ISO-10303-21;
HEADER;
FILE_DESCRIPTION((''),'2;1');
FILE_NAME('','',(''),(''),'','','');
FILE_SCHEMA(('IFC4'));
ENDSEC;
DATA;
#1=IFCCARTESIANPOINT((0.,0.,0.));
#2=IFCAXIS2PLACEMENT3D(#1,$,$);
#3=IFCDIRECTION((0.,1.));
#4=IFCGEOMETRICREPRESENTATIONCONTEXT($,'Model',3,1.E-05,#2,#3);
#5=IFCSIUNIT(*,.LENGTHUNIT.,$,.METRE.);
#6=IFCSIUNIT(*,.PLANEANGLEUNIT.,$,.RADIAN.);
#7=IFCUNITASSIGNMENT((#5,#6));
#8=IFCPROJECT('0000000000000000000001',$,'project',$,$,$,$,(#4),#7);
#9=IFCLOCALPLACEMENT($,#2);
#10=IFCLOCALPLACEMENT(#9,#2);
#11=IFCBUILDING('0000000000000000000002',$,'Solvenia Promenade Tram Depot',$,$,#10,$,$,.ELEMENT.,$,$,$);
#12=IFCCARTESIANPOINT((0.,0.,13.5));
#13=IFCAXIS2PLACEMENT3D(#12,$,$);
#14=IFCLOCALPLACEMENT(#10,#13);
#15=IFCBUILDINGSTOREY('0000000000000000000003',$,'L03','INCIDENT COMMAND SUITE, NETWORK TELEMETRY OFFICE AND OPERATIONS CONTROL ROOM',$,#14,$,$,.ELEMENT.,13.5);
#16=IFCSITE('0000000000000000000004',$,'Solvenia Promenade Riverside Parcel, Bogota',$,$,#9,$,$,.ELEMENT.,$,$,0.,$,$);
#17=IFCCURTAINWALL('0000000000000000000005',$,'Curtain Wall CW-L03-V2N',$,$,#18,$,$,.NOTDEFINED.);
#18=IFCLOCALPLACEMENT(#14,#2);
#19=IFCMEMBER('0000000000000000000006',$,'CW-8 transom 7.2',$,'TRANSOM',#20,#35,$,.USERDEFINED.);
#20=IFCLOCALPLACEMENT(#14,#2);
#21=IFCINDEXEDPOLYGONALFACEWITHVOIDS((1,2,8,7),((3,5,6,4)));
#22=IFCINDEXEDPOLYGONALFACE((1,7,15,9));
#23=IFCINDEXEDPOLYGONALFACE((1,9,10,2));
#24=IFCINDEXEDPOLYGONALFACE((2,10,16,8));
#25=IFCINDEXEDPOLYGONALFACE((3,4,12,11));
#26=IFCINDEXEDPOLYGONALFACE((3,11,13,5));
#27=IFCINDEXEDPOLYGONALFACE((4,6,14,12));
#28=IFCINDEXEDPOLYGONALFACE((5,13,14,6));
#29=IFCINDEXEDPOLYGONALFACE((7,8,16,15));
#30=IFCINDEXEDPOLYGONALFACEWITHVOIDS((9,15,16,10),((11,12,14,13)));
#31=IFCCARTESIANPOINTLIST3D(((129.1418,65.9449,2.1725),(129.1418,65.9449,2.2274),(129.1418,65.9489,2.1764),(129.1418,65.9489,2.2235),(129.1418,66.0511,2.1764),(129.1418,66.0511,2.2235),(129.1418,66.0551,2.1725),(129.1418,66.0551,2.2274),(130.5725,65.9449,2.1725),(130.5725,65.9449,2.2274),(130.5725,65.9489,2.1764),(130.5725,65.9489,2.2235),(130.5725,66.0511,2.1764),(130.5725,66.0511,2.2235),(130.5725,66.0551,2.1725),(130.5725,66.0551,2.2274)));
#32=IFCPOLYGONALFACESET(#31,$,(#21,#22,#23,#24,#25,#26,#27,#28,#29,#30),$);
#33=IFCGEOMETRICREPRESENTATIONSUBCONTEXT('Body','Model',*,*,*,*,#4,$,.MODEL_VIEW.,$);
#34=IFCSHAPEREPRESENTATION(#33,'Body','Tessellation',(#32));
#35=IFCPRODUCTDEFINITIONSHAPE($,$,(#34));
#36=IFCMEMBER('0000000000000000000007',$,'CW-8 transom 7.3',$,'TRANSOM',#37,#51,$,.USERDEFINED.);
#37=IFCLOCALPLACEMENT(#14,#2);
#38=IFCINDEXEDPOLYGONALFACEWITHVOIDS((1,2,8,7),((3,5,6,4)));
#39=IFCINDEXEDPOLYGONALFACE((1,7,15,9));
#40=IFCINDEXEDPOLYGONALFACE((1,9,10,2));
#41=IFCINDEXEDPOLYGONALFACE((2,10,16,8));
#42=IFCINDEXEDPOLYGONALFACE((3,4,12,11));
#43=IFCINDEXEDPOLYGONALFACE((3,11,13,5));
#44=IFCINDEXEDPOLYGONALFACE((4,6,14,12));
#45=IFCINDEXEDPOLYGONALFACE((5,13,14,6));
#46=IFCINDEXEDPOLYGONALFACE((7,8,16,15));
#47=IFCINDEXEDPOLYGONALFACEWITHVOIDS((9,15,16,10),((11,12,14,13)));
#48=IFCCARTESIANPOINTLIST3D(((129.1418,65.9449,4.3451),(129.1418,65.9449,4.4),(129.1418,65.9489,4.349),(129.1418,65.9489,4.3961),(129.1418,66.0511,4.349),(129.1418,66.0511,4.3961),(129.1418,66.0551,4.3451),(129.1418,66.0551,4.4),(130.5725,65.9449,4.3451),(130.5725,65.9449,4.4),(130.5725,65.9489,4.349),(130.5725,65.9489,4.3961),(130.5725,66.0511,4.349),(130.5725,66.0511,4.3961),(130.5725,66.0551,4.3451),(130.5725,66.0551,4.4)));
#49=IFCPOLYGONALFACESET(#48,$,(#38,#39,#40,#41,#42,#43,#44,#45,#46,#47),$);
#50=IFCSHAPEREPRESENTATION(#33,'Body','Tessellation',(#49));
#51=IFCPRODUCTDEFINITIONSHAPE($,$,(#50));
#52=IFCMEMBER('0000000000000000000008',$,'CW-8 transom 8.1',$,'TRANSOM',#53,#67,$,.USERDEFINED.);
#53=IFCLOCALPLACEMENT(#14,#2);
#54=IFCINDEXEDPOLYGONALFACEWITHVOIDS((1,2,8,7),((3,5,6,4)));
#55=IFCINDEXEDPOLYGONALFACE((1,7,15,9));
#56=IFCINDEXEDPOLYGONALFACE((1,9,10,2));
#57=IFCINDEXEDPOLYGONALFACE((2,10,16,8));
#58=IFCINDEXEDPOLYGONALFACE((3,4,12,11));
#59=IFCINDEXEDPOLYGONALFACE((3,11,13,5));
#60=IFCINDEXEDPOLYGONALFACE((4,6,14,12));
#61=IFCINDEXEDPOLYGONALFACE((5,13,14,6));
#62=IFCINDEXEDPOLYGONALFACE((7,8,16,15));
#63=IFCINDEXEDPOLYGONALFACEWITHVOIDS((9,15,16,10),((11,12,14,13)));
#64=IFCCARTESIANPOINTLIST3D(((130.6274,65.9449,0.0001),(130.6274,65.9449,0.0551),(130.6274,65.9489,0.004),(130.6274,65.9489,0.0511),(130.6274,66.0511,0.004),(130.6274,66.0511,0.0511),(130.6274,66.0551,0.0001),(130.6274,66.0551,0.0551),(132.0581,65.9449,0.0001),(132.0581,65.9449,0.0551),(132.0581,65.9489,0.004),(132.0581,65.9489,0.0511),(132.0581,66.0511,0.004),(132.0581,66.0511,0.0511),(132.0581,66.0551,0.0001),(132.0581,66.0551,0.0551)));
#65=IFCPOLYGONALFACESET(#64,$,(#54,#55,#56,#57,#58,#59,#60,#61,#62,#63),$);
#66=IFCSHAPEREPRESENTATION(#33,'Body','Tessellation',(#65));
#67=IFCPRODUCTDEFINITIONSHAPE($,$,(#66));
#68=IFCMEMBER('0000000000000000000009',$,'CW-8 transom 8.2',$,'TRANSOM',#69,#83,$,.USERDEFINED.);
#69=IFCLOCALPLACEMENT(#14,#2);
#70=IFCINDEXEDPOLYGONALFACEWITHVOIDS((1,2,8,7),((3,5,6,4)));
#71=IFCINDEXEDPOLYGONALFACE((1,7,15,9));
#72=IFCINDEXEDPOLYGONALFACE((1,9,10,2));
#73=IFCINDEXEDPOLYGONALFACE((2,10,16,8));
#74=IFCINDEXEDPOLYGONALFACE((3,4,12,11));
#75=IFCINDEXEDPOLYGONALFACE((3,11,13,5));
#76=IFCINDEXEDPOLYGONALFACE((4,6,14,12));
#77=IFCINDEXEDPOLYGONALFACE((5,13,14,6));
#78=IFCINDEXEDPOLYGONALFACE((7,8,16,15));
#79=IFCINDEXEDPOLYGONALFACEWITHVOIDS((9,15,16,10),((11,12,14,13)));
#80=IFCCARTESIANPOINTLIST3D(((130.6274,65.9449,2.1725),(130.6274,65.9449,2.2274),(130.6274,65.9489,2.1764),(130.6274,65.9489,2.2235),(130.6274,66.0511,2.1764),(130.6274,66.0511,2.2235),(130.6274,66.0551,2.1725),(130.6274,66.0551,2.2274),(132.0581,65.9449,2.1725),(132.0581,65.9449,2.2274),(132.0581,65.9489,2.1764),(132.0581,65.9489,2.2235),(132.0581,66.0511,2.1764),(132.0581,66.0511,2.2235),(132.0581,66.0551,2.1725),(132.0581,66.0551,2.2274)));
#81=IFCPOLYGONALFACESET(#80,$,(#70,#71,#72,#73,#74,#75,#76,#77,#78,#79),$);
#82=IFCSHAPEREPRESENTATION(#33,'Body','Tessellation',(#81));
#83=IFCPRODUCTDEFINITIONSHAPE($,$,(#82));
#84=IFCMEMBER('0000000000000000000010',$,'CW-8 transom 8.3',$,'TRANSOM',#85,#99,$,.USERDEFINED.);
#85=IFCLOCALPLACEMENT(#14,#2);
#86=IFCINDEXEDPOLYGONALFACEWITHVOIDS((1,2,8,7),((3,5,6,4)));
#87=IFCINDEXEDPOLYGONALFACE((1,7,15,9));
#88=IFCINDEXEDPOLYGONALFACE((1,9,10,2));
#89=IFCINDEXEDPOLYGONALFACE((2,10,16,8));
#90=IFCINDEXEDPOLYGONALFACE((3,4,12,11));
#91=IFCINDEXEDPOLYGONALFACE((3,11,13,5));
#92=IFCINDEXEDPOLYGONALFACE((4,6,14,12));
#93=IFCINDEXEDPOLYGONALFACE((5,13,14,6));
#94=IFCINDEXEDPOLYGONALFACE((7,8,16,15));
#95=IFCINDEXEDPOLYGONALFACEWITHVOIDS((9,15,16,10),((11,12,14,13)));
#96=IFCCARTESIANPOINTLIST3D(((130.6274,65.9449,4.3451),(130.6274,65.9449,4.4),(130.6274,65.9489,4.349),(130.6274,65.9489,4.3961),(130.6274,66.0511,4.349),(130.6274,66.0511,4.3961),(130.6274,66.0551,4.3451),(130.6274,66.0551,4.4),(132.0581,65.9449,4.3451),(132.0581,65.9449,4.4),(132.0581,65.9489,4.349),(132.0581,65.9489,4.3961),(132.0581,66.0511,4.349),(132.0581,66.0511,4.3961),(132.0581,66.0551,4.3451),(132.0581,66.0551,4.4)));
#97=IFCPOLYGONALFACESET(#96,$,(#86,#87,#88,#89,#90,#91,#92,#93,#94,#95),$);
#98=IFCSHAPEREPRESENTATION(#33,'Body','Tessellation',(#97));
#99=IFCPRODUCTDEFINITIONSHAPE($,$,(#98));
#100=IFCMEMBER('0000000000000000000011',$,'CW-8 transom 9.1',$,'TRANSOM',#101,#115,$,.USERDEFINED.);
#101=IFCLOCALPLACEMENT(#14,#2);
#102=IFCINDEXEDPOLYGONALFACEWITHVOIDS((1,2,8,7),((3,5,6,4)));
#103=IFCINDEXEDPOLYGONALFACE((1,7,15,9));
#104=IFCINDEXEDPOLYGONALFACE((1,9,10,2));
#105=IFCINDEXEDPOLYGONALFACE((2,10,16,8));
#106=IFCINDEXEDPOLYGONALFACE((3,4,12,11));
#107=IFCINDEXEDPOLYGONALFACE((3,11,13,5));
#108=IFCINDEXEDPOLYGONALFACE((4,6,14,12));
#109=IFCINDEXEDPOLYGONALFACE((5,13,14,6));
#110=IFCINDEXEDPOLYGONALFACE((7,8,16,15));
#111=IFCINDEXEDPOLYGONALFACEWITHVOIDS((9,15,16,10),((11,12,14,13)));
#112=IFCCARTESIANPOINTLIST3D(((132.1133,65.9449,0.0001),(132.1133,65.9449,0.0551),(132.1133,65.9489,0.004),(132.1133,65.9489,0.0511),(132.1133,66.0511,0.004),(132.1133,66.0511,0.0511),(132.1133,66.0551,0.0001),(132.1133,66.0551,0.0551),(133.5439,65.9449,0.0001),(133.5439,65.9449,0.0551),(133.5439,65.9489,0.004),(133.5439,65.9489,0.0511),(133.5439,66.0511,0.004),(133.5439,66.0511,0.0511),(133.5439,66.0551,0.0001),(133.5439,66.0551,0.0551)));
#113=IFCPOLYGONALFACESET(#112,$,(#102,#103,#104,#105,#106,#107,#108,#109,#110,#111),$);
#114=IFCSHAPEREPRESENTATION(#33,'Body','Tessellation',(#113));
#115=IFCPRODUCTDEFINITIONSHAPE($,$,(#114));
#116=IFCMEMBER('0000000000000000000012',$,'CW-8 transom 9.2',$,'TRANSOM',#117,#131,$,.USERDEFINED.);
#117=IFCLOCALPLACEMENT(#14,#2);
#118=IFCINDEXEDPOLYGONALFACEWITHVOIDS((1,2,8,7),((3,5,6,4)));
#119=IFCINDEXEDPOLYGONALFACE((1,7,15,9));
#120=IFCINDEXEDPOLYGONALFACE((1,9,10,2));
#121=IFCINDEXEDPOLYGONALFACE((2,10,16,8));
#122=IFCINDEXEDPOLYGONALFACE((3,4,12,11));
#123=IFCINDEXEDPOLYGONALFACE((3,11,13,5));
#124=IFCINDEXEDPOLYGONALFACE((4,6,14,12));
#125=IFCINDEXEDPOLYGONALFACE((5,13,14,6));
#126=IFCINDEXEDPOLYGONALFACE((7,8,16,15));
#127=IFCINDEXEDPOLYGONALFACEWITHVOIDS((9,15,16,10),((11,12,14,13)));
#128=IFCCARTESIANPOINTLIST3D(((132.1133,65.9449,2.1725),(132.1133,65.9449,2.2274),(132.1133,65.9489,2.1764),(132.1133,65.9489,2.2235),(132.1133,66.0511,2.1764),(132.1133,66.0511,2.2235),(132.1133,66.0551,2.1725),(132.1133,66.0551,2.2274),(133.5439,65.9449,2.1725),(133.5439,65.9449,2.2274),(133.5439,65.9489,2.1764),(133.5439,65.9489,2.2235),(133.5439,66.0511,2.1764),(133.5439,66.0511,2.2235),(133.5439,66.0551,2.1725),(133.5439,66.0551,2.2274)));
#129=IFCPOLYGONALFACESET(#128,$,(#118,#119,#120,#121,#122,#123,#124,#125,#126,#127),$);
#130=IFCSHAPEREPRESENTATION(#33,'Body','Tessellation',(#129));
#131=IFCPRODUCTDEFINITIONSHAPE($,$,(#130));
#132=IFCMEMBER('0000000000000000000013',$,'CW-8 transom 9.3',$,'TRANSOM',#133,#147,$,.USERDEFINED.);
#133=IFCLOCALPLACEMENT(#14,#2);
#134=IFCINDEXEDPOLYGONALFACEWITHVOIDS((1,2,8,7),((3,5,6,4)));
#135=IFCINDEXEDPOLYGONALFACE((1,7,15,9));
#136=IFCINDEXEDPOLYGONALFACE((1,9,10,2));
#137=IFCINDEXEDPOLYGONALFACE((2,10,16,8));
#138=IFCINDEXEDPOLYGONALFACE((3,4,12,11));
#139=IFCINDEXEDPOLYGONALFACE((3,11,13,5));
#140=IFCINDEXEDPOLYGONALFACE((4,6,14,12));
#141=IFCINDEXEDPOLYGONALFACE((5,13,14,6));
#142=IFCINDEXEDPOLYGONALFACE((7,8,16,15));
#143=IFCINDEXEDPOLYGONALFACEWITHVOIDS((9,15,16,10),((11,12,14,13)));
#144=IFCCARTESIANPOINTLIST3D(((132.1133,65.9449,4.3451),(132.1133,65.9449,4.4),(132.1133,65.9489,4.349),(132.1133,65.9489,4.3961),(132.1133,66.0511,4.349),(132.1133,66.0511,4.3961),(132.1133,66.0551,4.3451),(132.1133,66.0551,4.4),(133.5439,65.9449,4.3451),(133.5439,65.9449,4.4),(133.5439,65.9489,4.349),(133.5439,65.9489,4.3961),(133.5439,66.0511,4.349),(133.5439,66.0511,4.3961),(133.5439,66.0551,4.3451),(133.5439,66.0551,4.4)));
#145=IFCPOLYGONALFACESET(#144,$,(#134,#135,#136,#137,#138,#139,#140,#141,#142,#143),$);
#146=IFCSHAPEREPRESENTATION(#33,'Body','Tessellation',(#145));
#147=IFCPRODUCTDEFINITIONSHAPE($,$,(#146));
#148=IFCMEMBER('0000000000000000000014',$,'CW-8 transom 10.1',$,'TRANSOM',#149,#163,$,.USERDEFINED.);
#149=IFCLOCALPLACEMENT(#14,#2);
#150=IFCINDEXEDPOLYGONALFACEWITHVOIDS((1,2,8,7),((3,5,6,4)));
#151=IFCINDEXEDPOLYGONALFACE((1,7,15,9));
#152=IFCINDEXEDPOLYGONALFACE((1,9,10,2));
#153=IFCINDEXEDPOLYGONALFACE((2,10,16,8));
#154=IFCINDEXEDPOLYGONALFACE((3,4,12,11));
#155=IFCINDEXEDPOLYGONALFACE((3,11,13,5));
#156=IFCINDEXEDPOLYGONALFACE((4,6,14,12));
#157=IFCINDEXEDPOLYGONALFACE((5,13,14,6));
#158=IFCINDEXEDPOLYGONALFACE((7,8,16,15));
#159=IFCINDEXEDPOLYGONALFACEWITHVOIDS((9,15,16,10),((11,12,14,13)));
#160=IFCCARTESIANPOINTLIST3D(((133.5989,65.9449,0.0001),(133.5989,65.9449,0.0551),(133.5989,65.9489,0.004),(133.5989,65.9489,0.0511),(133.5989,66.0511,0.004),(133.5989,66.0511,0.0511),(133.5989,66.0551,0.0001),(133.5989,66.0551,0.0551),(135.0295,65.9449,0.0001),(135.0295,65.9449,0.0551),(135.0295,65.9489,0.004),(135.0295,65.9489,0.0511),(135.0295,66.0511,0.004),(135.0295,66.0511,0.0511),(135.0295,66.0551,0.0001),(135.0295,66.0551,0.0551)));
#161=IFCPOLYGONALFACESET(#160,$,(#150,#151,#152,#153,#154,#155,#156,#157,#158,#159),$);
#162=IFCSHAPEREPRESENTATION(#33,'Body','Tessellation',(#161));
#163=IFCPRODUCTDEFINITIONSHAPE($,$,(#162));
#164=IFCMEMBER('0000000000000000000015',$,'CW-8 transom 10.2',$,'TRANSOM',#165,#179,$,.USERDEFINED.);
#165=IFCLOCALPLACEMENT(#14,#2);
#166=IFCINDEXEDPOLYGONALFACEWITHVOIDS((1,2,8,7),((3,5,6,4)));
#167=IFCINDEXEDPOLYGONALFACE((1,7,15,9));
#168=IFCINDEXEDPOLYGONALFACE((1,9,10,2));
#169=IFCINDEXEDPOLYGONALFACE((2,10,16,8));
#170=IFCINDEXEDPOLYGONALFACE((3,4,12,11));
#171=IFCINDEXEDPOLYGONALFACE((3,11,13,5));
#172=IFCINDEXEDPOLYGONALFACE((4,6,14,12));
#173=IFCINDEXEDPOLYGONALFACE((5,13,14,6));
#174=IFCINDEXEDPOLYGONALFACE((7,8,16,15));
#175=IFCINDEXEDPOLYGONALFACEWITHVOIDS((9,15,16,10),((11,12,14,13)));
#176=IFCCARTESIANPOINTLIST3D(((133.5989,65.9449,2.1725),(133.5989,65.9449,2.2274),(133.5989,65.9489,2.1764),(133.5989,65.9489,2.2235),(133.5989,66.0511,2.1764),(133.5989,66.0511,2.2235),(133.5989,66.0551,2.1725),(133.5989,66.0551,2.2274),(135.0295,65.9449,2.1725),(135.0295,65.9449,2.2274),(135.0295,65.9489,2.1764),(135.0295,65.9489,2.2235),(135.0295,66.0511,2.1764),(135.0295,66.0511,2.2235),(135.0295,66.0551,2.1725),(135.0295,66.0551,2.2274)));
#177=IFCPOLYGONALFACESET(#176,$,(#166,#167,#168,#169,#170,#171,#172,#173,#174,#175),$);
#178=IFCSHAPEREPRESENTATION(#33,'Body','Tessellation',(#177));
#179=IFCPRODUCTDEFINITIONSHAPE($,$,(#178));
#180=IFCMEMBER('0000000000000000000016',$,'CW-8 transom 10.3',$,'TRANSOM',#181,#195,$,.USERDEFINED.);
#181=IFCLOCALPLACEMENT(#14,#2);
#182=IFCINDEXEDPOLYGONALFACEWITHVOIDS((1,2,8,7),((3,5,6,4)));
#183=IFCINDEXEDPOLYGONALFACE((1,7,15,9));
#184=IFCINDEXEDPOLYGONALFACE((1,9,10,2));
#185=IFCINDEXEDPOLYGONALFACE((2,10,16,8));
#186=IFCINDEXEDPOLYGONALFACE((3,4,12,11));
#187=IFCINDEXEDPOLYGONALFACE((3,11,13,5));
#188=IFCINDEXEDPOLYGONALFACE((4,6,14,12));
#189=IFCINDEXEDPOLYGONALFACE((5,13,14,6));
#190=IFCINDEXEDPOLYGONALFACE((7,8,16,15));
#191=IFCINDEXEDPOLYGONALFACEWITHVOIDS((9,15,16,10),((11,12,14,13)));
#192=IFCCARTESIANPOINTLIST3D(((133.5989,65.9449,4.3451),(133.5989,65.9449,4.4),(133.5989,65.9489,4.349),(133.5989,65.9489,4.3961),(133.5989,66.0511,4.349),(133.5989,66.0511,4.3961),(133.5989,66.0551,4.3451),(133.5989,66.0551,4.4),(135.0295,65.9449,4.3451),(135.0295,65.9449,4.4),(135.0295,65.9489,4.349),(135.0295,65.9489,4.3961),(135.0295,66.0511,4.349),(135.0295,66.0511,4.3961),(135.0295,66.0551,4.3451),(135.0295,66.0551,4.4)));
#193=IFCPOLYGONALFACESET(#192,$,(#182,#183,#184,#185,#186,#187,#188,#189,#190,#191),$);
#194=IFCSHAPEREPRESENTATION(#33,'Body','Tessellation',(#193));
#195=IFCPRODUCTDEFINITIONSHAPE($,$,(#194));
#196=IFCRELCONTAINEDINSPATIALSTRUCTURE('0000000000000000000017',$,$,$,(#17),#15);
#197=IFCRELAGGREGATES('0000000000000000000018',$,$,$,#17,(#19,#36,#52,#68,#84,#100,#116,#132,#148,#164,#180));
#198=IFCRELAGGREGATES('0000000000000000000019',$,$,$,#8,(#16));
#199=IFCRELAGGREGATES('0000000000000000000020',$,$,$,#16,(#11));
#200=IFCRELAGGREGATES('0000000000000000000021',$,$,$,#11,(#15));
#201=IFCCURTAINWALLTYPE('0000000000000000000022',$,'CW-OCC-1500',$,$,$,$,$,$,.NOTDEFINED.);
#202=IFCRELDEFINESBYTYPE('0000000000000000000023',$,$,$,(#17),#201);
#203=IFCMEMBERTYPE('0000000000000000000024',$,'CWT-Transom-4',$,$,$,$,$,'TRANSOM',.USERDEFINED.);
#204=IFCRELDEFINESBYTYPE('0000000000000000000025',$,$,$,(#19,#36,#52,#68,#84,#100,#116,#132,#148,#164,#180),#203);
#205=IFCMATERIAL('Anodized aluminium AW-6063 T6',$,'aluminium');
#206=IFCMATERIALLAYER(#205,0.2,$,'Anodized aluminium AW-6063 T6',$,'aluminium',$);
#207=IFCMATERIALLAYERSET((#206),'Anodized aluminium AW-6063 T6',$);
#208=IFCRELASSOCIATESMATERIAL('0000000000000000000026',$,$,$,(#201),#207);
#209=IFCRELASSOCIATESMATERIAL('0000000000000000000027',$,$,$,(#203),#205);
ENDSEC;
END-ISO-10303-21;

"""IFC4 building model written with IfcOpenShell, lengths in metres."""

from ifc_helpers import new_model, si_unit, direction, frame, origin, origin_2d, place, context, subcontext, project, spatial, hollow_rectangle, extrude, material, layer, layer_set, material_profile, profile_set, type_object, element, aggregate, save


model = new_model("IFC4")

# Units and contexts
model_context = context("Model", 3, precision=1e-05, world=origin(), true_north=direction((0.0, 1.0)))
body_context = subcontext(model_context, "Body", "Model", "MODEL_VIEW")
ifc_project = project(units=[si_unit("LENGTHUNIT", "METRE"), si_unit("PLANEANGLEUNIT", "RADIAN")], contexts=[model_context])

# Site, building, storey
site_placement = place(None, origin())
site = spatial("IfcSite", under=ifc_project, at=site_placement, Name="Solvenia Promenade Riverside Parcel, Bogota", CompositionType="ELEMENT", RefElevation=0.0)
building_placement = place(site_placement, origin())
building = spatial("IfcBuilding", under=site, at=building_placement, Name="Solvenia Promenade Tram Depot", CompositionType="ELEMENT")
storey_placement = place(building_placement, frame((0.0, 0.0, 13.5)))
storey = spatial("IfcBuildingStorey", under=building, at=storey_placement, Name="L03", Description="INCIDENT COMMAND SUITE, NETWORK TELEMETRY OFFICE AND OPERATIONS CONTROL ROOM", CompositionType="ELEMENT", Elevation=13.5)

# Curtain wall, members
ifc_material_1 = material(Name="Anodized aluminium AW-6063 T6", Category="aluminium")
ifc_layer_1 = layer(ifc_material_1, 0.2, Name="Anodized aluminium AW-6063 T6", Category="aluminium")
ifc_layer_set_1 = layer_set([ifc_layer_1], Name="Anodized aluminium AW-6063 T6")
curtain_wall_type = type_object("IfcCurtainWallType", Name="CW-OCC-1500", PredefinedType="NOTDEFINED", material=ifc_layer_set_1)
curtain_wall_placement = place(storey_placement, origin())
curtain_wall = element("IfcCurtainWall", 1, at=curtain_wall_placement, inside=storey, type_object=curtain_wall_type, Name="Curtain Wall CW-L03-V2N", PredefinedType="NOTDEFINED")
ifc_material_profile_1 = material_profile(ifc_material_1, hollow_rectangle(XDim=0.1101, YDim=0.0549, WallThickness=0.0039, at=origin_2d()), Name="ALU-T4", Category="aluminium")
ifc_profile_set_1 = profile_set([ifc_material_profile_1], Name="Anodized aluminium AW-6063 T6")
member_type_1 = type_object("IfcMemberType", Name="CWT-Transom-4", ElementType="TRANSOM", PredefinedType="USERDEFINED", material=ifc_profile_set_1)
member_1_placement = place(storey_placement, frame((129.1418, 66.0, 2.2), z_axis=(1.0, 0.0, 0.0), x_axis=(0.0, 1.0, 0.0)))
member_1 = element("IfcMember", 2, at=member_1_placement, type_object=member_type_1, Name="CW-8 transom 7.2", ObjectType="TRANSOM", PredefinedType="USERDEFINED", context=body_context, shape_type="SweptSolid", body=[
    extrude(hollow_rectangle(XDim=0.1101, YDim=0.0549, WallThickness=0.0039, at=origin_2d()), origin(), (0.0, 0.0, 1.0), 1.4307),
])
member_2_placement = place(storey_placement, frame((129.1418, 66.0, 4.3726), z_axis=(1.0, 0.0, 0.0), x_axis=(0.0, 1.0, 0.0)))
member_2 = element("IfcMember", 3, at=member_2_placement, type_object=member_type_1, Name="CW-8 transom 7.3", ObjectType="TRANSOM", PredefinedType="USERDEFINED", context=body_context, shape_type="SweptSolid", body=[
    extrude(hollow_rectangle(XDim=0.1101, YDim=0.0549, WallThickness=0.0039, at=origin_2d()), origin(), (0.0, 0.0, 1.0), 1.4307),
])
member_3_placement = place(storey_placement, frame((130.6274, 66.0, 0.0276), z_axis=(1.0, 0.0, 0.0), x_axis=(0.0, 1.0, 0.0)))
member_3 = element("IfcMember", 4, at=member_3_placement, type_object=member_type_1, Name="CW-8 transom 8.1", ObjectType="TRANSOM", PredefinedType="USERDEFINED", context=body_context, shape_type="SweptSolid", body=[
    extrude(hollow_rectangle(XDim=0.1101, YDim=0.0549, WallThickness=0.0039, at=origin_2d()), origin(), (0.0, 0.0, 1.0), 1.4307),
])
member_4_placement = place(storey_placement, frame((130.6274, 66.0, 2.2), z_axis=(1.0, 0.0, 0.0), x_axis=(0.0, 1.0, 0.0)))
member_4 = element("IfcMember", 5, at=member_4_placement, type_object=member_type_1, Name="CW-8 transom 8.2", ObjectType="TRANSOM", PredefinedType="USERDEFINED", context=body_context, shape_type="SweptSolid", body=[
    extrude(hollow_rectangle(XDim=0.1101, YDim=0.0549, WallThickness=0.0039, at=origin_2d()), origin(), (0.0, 0.0, 1.0), 1.4307),
])
member_5_placement = place(storey_placement, frame((130.6274, 66.0, 4.3726), z_axis=(1.0, 0.0, 0.0), x_axis=(0.0, 1.0, 0.0)))
member_5 = element("IfcMember", 6, at=member_5_placement, type_object=member_type_1, Name="CW-8 transom 8.3", ObjectType="TRANSOM", PredefinedType="USERDEFINED", context=body_context, shape_type="SweptSolid", body=[
    extrude(hollow_rectangle(XDim=0.1101, YDim=0.0549, WallThickness=0.0039, at=origin_2d()), origin(), (0.0, 0.0, 1.0), 1.4307),
])
member_6_placement = place(storey_placement, frame((132.1133, 66.0, 0.0276), z_axis=(1.0, 0.0, 0.0), x_axis=(0.0, 1.0, 0.0)))
member_6 = element("IfcMember", 7, at=member_6_placement, type_object=member_type_1, Name="CW-8 transom 9.1", ObjectType="TRANSOM", PredefinedType="USERDEFINED", context=body_context, shape_type="SweptSolid", body=[
    extrude(hollow_rectangle(XDim=0.1101, YDim=0.0549, WallThickness=0.0039, at=origin_2d()), origin(), (0.0, 0.0, 1.0), 1.4307),
])
member_7_placement = place(storey_placement, frame((132.1133, 66.0, 2.2), z_axis=(1.0, 0.0, 0.0), x_axis=(0.0, 1.0, 0.0)))
member_7 = element("IfcMember", 8, at=member_7_placement, type_object=member_type_1, Name="CW-8 transom 9.2", ObjectType="TRANSOM", PredefinedType="USERDEFINED", context=body_context, shape_type="SweptSolid", body=[
    extrude(hollow_rectangle(XDim=0.1101, YDim=0.0549, WallThickness=0.0039, at=origin_2d()), origin(), (0.0, 0.0, 1.0), 1.4307),
])
member_8_placement = place(storey_placement, frame((132.1133, 66.0, 4.3726), z_axis=(1.0, 0.0, 0.0), x_axis=(0.0, 1.0, 0.0)))
member_8 = element("IfcMember", 9, at=member_8_placement, type_object=member_type_1, Name="CW-8 transom 9.3", ObjectType="TRANSOM", PredefinedType="USERDEFINED", context=body_context, shape_type="SweptSolid", body=[
    extrude(hollow_rectangle(XDim=0.1101, YDim=0.0549, WallThickness=0.0039, at=origin_2d()), origin(), (0.0, 0.0, 1.0), 1.4307),
])
member_9_placement = place(storey_placement, frame((133.5989, 66.0, 0.0276), z_axis=(1.0, 0.0, 0.0), x_axis=(0.0, 1.0, 0.0)))
member_9 = element("IfcMember", 10, at=member_9_placement, type_object=member_type_1, Name="CW-8 transom 10.1", ObjectType="TRANSOM", PredefinedType="USERDEFINED", context=body_context, shape_type="SweptSolid", body=[
    extrude(hollow_rectangle(XDim=0.1101, YDim=0.0549, WallThickness=0.0039, at=origin_2d()), origin(), (0.0, 0.0, 1.0), 1.4307),
])
member_10_placement = place(storey_placement, frame((133.5989, 66.0, 2.2), z_axis=(1.0, 0.0, 0.0), x_axis=(0.0, 1.0, 0.0)))
member_10 = element("IfcMember", 11, at=member_10_placement, type_object=member_type_1, Name="CW-8 transom 10.2", ObjectType="TRANSOM", PredefinedType="USERDEFINED", context=body_context, shape_type="SweptSolid", body=[
    extrude(hollow_rectangle(XDim=0.1101, YDim=0.0549, WallThickness=0.0039, at=origin_2d()), origin(), (0.0, 0.0, 1.0), 1.4307),
])
member_11_placement = place(storey_placement, frame((133.5989, 66.0, 4.3726), z_axis=(1.0, 0.0, 0.0), x_axis=(0.0, 1.0, 0.0)))
member_11 = element("IfcMember", 12, at=member_11_placement, type_object=member_type_1, Name="CW-8 transom 10.3", ObjectType="TRANSOM", PredefinedType="USERDEFINED", context=body_context, shape_type="SweptSolid", body=[
    extrude(hollow_rectangle(XDim=0.1101, YDim=0.0549, WallThickness=0.0039, at=origin_2d()), origin(), (0.0, 0.0, 1.0), 1.4307),
])

aggregate(curtain_wall, [member_1, member_2, member_3, member_4, member_5, member_6, member_7, member_8, member_9, member_10, member_11])

save(model, "model.ifc")
